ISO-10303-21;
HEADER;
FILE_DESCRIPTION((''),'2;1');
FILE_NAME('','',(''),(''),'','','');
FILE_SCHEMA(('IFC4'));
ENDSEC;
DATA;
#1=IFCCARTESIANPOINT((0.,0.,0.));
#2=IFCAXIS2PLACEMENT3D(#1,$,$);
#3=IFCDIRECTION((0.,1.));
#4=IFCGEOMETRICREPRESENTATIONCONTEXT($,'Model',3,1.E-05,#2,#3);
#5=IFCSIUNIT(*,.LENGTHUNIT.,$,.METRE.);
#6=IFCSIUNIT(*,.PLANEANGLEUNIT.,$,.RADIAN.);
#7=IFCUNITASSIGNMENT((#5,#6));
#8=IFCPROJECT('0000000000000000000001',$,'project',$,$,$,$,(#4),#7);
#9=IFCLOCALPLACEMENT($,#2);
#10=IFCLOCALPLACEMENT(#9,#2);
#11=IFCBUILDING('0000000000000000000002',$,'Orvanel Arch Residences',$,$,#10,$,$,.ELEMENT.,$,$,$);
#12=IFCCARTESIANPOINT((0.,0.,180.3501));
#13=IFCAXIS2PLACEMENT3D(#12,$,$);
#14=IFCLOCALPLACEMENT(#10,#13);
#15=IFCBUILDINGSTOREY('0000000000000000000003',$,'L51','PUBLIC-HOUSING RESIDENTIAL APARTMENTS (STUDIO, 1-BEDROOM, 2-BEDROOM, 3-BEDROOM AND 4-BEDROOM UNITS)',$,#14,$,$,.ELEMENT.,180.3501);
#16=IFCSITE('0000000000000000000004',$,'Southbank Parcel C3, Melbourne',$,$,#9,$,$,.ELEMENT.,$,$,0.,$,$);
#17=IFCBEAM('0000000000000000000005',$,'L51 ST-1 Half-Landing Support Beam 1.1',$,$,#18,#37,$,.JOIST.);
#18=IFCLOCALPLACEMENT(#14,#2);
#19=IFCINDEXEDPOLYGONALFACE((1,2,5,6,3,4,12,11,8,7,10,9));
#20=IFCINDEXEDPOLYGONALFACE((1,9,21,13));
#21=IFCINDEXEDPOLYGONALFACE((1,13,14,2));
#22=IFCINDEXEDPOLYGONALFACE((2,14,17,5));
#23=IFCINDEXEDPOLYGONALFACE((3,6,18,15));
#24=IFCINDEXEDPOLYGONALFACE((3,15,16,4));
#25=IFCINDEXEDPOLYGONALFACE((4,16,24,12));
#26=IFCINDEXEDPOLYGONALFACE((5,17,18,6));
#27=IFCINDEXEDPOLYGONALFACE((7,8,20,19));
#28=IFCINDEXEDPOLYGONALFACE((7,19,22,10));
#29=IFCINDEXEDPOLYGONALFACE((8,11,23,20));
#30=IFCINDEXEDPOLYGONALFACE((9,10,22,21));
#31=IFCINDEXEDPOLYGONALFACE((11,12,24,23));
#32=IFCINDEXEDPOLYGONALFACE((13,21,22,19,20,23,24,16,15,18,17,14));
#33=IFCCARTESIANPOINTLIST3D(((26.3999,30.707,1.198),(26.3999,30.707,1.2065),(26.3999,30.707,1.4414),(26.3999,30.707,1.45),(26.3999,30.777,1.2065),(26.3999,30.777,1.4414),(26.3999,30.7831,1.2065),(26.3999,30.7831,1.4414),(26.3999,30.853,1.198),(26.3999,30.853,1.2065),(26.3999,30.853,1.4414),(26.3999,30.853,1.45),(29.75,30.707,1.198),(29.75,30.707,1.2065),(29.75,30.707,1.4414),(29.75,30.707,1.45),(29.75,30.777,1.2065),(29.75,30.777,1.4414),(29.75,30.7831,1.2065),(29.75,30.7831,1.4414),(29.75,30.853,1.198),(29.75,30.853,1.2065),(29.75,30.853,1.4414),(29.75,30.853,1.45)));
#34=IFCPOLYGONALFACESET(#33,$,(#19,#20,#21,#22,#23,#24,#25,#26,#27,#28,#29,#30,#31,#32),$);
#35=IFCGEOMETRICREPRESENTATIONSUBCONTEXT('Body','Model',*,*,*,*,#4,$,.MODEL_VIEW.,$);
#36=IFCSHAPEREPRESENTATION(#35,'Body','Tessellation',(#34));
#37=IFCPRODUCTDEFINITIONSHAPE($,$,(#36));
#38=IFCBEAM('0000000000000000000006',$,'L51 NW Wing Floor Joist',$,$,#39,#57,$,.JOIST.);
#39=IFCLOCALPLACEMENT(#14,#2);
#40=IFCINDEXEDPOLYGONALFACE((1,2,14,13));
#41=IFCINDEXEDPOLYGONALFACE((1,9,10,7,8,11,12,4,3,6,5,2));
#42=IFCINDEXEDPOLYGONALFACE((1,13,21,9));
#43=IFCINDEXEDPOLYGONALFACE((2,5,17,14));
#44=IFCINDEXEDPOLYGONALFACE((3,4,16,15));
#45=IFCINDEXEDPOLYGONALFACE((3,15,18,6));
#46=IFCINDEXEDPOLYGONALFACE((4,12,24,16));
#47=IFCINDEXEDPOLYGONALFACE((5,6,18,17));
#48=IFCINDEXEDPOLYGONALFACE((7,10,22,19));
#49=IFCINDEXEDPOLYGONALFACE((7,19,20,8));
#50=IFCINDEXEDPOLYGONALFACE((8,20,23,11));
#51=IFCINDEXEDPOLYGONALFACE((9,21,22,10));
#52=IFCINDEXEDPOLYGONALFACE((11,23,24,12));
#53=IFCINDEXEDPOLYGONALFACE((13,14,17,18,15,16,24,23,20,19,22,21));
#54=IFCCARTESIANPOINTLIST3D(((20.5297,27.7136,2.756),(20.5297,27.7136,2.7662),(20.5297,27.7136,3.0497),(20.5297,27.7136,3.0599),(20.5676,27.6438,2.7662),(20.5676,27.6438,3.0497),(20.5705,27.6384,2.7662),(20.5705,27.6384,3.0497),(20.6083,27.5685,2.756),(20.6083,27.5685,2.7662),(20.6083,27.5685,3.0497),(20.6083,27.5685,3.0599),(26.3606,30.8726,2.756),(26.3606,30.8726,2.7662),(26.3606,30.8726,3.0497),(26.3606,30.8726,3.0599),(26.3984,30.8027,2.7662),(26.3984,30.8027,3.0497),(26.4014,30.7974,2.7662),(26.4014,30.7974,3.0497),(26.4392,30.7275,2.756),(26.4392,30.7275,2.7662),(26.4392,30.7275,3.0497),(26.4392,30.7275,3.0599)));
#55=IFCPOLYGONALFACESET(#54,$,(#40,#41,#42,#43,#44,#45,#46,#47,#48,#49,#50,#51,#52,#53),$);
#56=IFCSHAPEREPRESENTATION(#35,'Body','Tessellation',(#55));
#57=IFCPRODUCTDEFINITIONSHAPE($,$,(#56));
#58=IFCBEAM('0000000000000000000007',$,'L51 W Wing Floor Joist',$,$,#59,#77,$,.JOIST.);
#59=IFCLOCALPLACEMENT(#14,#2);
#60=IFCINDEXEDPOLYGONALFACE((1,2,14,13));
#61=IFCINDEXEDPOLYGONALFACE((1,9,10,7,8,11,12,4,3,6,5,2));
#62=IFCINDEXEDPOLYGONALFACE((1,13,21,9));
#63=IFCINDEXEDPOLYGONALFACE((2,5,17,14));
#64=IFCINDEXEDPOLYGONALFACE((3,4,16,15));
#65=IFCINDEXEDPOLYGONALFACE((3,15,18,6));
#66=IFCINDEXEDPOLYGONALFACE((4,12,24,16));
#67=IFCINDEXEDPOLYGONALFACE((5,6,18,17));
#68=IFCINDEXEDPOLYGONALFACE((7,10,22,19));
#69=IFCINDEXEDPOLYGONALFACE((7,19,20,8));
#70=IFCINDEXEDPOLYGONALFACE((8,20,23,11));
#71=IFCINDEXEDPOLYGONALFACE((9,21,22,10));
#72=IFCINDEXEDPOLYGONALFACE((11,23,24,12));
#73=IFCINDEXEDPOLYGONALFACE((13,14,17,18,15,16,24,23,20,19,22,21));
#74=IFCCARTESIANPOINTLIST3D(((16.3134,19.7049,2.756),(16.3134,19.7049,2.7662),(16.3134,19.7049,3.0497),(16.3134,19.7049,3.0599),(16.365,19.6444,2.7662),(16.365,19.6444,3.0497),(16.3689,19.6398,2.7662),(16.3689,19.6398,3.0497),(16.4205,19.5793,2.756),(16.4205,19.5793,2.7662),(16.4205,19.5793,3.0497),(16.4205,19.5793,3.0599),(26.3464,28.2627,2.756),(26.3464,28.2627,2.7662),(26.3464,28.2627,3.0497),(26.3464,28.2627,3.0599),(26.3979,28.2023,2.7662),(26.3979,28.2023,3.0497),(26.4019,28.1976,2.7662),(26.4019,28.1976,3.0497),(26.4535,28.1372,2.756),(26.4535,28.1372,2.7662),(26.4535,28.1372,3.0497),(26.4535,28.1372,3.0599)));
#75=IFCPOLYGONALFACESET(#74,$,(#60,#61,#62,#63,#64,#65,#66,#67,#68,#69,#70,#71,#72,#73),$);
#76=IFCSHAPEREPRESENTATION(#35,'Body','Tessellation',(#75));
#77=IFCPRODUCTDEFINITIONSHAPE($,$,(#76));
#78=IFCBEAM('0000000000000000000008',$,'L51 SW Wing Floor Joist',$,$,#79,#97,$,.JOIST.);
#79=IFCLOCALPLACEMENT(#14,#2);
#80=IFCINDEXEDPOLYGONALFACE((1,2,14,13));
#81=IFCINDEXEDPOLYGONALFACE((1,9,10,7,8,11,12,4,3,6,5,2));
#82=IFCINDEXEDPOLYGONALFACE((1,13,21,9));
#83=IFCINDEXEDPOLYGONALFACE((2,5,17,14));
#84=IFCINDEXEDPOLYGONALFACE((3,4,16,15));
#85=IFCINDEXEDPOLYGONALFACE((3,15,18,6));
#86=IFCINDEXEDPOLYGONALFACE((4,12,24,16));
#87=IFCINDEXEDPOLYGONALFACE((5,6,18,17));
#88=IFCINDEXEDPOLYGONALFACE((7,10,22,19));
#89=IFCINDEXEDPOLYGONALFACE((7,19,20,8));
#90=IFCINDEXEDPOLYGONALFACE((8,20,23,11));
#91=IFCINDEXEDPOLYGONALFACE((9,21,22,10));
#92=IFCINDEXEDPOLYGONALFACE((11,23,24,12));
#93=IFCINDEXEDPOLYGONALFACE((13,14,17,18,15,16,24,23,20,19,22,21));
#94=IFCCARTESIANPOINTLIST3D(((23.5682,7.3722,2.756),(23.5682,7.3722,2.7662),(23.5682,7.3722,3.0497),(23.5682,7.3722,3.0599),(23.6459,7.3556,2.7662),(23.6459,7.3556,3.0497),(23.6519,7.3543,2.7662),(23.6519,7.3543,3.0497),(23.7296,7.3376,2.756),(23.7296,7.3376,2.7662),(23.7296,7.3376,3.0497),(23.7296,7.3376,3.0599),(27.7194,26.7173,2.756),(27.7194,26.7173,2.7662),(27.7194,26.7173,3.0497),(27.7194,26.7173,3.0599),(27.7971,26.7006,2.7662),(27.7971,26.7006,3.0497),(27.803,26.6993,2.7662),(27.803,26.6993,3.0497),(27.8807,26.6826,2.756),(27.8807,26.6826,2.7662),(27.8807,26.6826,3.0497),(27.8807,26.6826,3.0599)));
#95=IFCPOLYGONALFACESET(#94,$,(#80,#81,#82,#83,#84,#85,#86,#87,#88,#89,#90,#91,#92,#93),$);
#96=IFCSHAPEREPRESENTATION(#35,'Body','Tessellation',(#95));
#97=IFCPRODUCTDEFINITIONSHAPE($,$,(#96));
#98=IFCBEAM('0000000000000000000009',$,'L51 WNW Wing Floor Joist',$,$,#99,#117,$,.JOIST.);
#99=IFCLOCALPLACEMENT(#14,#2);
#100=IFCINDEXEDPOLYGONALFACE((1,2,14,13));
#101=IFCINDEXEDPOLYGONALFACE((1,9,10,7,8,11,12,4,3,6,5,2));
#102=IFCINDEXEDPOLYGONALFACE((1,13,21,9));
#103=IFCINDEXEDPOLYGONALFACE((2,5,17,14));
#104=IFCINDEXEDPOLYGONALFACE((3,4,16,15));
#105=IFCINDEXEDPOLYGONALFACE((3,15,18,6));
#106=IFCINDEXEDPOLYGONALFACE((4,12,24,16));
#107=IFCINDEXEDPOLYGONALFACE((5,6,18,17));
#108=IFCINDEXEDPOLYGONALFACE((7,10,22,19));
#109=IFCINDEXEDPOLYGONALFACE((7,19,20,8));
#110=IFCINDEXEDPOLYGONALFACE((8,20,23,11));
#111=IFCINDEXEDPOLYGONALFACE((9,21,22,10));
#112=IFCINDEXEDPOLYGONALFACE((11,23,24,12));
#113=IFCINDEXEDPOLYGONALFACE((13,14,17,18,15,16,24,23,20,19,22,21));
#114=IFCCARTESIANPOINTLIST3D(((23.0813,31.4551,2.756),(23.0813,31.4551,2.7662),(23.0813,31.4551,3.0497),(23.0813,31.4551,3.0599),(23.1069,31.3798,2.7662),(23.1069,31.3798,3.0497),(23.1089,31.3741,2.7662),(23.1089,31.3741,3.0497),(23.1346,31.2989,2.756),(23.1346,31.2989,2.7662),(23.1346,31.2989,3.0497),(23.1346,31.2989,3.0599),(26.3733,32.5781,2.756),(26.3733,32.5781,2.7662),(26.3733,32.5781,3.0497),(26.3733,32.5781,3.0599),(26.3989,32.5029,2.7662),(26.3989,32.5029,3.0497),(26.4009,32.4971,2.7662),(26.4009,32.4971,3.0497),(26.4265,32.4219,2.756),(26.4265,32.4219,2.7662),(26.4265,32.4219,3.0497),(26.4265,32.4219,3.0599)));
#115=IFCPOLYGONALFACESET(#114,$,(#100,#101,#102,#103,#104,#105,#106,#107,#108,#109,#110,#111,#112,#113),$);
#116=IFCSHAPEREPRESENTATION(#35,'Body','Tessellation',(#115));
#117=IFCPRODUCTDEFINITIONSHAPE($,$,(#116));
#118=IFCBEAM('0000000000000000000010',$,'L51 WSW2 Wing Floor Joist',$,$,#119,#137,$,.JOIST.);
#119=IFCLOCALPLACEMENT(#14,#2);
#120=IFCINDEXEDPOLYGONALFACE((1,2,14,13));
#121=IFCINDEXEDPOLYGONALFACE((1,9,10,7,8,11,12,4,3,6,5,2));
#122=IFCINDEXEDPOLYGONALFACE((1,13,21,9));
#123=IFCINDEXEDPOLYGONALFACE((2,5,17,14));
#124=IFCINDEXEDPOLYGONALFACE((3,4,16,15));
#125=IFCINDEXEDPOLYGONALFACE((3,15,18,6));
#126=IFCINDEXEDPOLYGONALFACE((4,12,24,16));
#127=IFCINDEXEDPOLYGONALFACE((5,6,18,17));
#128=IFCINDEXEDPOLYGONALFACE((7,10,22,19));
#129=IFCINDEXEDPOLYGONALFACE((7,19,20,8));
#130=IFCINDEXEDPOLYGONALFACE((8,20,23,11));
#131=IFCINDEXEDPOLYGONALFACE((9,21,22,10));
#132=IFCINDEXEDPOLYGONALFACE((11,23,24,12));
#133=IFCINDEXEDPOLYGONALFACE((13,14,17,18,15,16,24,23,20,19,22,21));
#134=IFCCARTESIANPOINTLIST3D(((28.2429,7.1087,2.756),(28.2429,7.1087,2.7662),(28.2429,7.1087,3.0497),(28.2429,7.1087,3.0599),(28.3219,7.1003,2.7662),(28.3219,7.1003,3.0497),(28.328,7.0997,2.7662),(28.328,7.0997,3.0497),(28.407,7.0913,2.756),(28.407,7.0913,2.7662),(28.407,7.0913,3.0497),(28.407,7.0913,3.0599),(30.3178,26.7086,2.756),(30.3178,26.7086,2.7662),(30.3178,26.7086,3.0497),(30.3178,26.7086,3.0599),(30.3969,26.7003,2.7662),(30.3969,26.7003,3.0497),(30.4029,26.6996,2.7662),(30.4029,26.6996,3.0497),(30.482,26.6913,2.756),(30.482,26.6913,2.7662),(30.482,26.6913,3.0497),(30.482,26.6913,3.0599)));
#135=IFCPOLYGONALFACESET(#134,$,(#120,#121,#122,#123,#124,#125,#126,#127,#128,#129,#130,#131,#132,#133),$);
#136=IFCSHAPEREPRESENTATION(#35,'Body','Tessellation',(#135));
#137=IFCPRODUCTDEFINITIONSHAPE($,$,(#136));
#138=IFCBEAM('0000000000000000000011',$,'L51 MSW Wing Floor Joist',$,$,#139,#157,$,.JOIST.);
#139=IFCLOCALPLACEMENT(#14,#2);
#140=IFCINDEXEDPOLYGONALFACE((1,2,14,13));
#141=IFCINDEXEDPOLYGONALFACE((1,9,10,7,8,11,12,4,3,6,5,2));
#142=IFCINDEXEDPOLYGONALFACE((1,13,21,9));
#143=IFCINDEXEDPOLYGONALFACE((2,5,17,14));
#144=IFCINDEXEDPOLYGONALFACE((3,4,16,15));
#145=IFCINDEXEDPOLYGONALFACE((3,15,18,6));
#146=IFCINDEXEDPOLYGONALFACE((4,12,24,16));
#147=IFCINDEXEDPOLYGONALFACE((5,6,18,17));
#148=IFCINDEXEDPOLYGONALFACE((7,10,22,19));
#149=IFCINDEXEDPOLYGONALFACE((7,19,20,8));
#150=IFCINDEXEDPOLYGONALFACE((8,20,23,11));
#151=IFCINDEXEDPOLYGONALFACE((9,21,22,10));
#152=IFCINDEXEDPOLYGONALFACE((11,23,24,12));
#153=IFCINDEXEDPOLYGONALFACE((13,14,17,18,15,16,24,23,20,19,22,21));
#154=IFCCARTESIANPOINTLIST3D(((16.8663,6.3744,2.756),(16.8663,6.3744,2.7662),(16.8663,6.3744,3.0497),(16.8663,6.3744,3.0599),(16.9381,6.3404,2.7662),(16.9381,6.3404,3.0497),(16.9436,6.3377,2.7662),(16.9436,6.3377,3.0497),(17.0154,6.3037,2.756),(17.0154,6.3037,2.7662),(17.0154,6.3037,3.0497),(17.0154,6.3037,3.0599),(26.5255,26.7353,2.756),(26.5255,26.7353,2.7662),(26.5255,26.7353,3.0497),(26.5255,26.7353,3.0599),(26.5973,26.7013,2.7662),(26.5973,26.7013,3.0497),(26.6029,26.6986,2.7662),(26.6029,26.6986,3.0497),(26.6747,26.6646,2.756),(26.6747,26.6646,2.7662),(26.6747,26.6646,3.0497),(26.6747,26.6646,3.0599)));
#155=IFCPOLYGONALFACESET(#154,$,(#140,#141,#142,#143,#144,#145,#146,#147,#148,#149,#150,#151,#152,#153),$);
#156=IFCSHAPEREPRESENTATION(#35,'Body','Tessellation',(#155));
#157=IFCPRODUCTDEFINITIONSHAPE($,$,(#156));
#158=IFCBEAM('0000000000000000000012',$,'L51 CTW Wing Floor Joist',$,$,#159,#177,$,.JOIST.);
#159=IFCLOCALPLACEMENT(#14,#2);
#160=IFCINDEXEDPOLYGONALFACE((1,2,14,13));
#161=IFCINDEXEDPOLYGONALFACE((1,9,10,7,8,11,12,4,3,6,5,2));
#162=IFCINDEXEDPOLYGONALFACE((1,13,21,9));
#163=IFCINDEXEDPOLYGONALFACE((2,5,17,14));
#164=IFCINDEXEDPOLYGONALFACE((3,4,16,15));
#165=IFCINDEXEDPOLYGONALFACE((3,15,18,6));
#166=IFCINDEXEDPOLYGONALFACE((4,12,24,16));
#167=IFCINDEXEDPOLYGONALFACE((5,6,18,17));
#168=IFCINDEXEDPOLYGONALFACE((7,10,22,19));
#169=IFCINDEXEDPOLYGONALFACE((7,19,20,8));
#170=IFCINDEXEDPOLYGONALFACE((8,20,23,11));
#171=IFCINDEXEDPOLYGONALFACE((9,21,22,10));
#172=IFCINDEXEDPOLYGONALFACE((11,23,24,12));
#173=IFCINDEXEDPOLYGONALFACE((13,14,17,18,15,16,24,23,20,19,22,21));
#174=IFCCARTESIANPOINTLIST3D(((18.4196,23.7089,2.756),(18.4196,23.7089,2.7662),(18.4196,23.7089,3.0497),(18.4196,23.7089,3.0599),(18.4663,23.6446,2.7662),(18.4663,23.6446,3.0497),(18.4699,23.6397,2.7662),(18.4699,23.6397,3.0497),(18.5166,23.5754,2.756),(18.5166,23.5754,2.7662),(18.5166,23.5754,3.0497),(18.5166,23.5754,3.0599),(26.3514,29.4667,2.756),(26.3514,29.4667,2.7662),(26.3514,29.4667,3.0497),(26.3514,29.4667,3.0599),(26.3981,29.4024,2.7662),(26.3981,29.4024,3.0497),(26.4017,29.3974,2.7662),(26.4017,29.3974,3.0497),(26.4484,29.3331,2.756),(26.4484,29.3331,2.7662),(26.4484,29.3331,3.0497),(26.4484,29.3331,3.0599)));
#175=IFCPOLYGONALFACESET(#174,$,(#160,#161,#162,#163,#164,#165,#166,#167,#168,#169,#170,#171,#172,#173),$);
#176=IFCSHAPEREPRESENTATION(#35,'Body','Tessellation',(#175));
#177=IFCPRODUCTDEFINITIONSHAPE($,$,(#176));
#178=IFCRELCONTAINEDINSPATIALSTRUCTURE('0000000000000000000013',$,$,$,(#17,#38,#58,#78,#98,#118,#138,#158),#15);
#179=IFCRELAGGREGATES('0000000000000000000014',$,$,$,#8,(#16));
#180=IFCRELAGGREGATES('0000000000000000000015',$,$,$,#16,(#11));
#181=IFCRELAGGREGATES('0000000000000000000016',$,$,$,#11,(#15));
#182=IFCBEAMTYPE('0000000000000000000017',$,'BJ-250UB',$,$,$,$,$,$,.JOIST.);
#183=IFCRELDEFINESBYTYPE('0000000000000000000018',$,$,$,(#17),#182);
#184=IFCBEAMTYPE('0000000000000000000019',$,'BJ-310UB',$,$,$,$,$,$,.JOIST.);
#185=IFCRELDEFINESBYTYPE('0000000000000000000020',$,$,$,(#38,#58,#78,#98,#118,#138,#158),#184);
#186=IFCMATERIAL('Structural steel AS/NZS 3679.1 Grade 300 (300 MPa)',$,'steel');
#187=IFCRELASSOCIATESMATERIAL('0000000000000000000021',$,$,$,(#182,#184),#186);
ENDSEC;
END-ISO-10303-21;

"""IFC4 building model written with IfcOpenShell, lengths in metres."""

from ifc_helpers import new_model, si_unit, direction, frame, origin, origin_2d, place, context, subcontext, project, spatial, i_section, extrude, material, material_profile, profile_set, type_object, element, save


model = new_model("IFC4")

# Units and contexts
model_context = context("Model", 3, precision=1e-05, world=origin(), true_north=direction((0.0, 1.0)))
body_context = subcontext(model_context, "Body", "Model", "MODEL_VIEW")
ifc_project = project(units=[si_unit("LENGTHUNIT", "METRE"), si_unit("PLANEANGLEUNIT", "RADIAN")], contexts=[model_context])

# Site, building, storey
site_placement = place(None, origin())
site = spatial("IfcSite", under=ifc_project, at=site_placement, Name="Southbank Parcel C3, Melbourne", CompositionType="ELEMENT", RefElevation=0.0)
building_placement = place(site_placement, origin())
building = spatial("IfcBuilding", under=site, at=building_placement, Name="Orvanel Arch Residences", CompositionType="ELEMENT")
storey_placement = place(building_placement, frame((0.0, 0.0, 180.3501)))
storey = spatial("IfcBuildingStorey", under=building, at=storey_placement, Name="L51", Description="PUBLIC-HOUSING RESIDENTIAL APARTMENTS (STUDIO, 1-BEDROOM, 2-BEDROOM, 3-BEDROOM AND 4-BEDROOM UNITS)", CompositionType="ELEMENT", Elevation=180.3501)

# Beams
ifc_material_1 = material(Name="Structural steel AS/NZS 3679.1 Grade 300 (300 MPa)", Category="steel")
ifc_material_profile_1 = material_profile(ifc_material_1, i_section(OverallWidth=0.146, OverallDepth=0.252, WebThickness=0.0061, FlangeThickness=0.0085, at=origin_2d()), Name="250UB31.4")
ifc_profile_set_1 = profile_set([ifc_material_profile_1], Name="Structural steel AS/NZS 3679.1 Grade 300 (300 MPa)")
beam_type_1 = type_object("IfcBeamType", Name="BJ-250UB", PredefinedType="JOIST", material=ifc_profile_set_1)
beam_1_placement = place(storey_placement, frame((26.3999, 30.78, 1.324), z_axis=(1.0, 0.0, 0.0), x_axis=(0.0, 1.0, 0.0)))
element("IfcBeam", 1, at=beam_1_placement, inside=storey, type_object=beam_type_1, Name="L51 ST-1 Half-Landing Support Beam 1.1", PredefinedType="JOIST", context=body_context, shape_type="SweptSolid", body=[
    extrude(i_section(OverallWidth=0.146, OverallDepth=0.252, WebThickness=0.0061, FlangeThickness=0.0085, at=origin_2d()), origin(), (0.0, 0.0, 1.0), 3.3501),
])
ifc_material_profile_2 = material_profile(ifc_material_1, i_section(OverallWidth=0.165, OverallDepth=0.304, WebThickness=0.0061, FlangeThickness=0.0103, at=origin_2d()), Name="310UB40.4")
ifc_profile_set_2 = profile_set([ifc_material_profile_2], Name="Structural steel AS/NZS 3679.1 Grade 300 (300 MPa)")
beam_type_2 = type_object("IfcBeamType", Name="BJ-310UB", PredefinedType="JOIST", material=ifc_profile_set_2)
beam_2_placement = place(storey_placement, frame((26.3999, 30.8, 2.908), z_axis=(-0.879255, -0.476351, 0.0), x_axis=(0.476351, -0.879255, 0.0)))
element("IfcBeam", 2, at=beam_2_placement, inside=storey, type_object=beam_type_2, Name="L51 NW Wing Floor Joist", PredefinedType="JOIST", context=body_context, shape_type="SweptSolid", body=[
    extrude(i_section(OverallWidth=0.165, OverallDepth=0.304, WebThickness=0.0061, FlangeThickness=0.0103, at=origin_2d()), origin(), (0.0, 0.0, 1.0), 6.6316),
])
beam_3_placement = place(storey_placement, frame((26.3999, 28.2, 2.908), z_axis=(-0.760821, -0.648961, 0.0), x_axis=(0.648961, -0.760821, 0.0)))
element("IfcBeam", 3, at=beam_3_placement, inside=storey, type_object=beam_type_2, Name="L51 W Wing Floor Joist", PredefinedType="JOIST", context=body_context, shape_type="SweptSolid", body=[
    extrude(i_section(OverallWidth=0.165, OverallDepth=0.304, WebThickness=0.0061, FlangeThickness=0.0103, at=origin_2d()), origin(), (0.0, 0.0, 1.0), 13.187),
])
beam_4_placement = place(storey_placement, frame((27.8, 26.7, 2.908), z_axis=(-0.209808, -0.977743, 0.0), x_axis=(0.977743, -0.209808, 0.0)))
element("IfcBeam", 4, at=beam_4_placement, inside=storey, type_object=beam_type_2, Name="L51 SW Wing Floor Joist", PredefinedType="JOIST", context=body_context, shape_type="SweptSolid", body=[
    extrude(i_section(OverallWidth=0.165, OverallDepth=0.304, WebThickness=0.0061, FlangeThickness=0.0103, at=origin_2d()), origin(), (0.0, 0.0, 1.0), 19.7854),
])
beam_5_placement = place(storey_placement, frame((26.3999, 32.5, 2.908), z_axis=(-0.946442, -0.322874, 0.0), x_axis=(0.322874, -0.946442, 0.0)))
element("IfcBeam", 5, at=beam_5_placement, inside=storey, type_object=beam_type_2, Name="L51 WNW Wing Floor Joist", PredefinedType="JOIST", context=body_context, shape_type="SweptSolid", body=[
    extrude(i_section(OverallWidth=0.165, OverallDepth=0.304, WebThickness=0.0061, FlangeThickness=0.0103, at=origin_2d()), origin(), (0.0, 0.0, 1.0), 3.4783),
])
beam_6_placement = place(storey_placement, frame((30.3999, 26.7, 2.908), z_axis=(-0.105277, -0.994443, 0.0), x_axis=(0.994443, -0.105277, 0.0)))
element("IfcBeam", 6, at=beam_6_placement, inside=storey, type_object=beam_type_2, Name="L51 WSW2 Wing Floor Joist", PredefinedType="JOIST", context=body_context, shape_type="SweptSolid", body=[
    extrude(i_section(OverallWidth=0.165, OverallDepth=0.304, WebThickness=0.0061, FlangeThickness=0.0103, at=origin_2d()), origin(), (0.0, 0.0, 1.0), 19.7095),
])
beam_7_placement = place(storey_placement, frame((26.6001, 26.7, 2.908), z_axis=(-0.428614, -0.903488, 0.0), x_axis=(0.903488, -0.428614, 0.0)))
element("IfcBeam", 7, at=beam_7_placement, inside=storey, type_object=beam_type_2, Name="L51 MSW Wing Floor Joist", PredefinedType="JOIST", context=body_context, shape_type="SweptSolid", body=[
    extrude(i_section(OverallWidth=0.165, OverallDepth=0.304, WebThickness=0.0061, FlangeThickness=0.0103, at=origin_2d()), origin(), (0.0, 0.0, 1.0), 22.5359),
])
beam_8_placement = place(storey_placement, frame((26.3999, 29.3999, 2.908), z_axis=(-0.809261, -0.587449, 0.0), x_axis=(0.587449, -0.809261, 0.0)))
element("IfcBeam", 8, at=beam_8_placement, inside=storey, type_object=beam_type_2, Name="L51 CTW Wing Floor Joist", PredefinedType="JOIST", context=body_context, shape_type="SweptSolid", body=[
    extrude(i_section(OverallWidth=0.165, OverallDepth=0.304, WebThickness=0.0061, FlangeThickness=0.0103, at=origin_2d()), origin(), (0.0, 0.0, 1.0), 9.8013),
])

save(model, "model.ifc")
